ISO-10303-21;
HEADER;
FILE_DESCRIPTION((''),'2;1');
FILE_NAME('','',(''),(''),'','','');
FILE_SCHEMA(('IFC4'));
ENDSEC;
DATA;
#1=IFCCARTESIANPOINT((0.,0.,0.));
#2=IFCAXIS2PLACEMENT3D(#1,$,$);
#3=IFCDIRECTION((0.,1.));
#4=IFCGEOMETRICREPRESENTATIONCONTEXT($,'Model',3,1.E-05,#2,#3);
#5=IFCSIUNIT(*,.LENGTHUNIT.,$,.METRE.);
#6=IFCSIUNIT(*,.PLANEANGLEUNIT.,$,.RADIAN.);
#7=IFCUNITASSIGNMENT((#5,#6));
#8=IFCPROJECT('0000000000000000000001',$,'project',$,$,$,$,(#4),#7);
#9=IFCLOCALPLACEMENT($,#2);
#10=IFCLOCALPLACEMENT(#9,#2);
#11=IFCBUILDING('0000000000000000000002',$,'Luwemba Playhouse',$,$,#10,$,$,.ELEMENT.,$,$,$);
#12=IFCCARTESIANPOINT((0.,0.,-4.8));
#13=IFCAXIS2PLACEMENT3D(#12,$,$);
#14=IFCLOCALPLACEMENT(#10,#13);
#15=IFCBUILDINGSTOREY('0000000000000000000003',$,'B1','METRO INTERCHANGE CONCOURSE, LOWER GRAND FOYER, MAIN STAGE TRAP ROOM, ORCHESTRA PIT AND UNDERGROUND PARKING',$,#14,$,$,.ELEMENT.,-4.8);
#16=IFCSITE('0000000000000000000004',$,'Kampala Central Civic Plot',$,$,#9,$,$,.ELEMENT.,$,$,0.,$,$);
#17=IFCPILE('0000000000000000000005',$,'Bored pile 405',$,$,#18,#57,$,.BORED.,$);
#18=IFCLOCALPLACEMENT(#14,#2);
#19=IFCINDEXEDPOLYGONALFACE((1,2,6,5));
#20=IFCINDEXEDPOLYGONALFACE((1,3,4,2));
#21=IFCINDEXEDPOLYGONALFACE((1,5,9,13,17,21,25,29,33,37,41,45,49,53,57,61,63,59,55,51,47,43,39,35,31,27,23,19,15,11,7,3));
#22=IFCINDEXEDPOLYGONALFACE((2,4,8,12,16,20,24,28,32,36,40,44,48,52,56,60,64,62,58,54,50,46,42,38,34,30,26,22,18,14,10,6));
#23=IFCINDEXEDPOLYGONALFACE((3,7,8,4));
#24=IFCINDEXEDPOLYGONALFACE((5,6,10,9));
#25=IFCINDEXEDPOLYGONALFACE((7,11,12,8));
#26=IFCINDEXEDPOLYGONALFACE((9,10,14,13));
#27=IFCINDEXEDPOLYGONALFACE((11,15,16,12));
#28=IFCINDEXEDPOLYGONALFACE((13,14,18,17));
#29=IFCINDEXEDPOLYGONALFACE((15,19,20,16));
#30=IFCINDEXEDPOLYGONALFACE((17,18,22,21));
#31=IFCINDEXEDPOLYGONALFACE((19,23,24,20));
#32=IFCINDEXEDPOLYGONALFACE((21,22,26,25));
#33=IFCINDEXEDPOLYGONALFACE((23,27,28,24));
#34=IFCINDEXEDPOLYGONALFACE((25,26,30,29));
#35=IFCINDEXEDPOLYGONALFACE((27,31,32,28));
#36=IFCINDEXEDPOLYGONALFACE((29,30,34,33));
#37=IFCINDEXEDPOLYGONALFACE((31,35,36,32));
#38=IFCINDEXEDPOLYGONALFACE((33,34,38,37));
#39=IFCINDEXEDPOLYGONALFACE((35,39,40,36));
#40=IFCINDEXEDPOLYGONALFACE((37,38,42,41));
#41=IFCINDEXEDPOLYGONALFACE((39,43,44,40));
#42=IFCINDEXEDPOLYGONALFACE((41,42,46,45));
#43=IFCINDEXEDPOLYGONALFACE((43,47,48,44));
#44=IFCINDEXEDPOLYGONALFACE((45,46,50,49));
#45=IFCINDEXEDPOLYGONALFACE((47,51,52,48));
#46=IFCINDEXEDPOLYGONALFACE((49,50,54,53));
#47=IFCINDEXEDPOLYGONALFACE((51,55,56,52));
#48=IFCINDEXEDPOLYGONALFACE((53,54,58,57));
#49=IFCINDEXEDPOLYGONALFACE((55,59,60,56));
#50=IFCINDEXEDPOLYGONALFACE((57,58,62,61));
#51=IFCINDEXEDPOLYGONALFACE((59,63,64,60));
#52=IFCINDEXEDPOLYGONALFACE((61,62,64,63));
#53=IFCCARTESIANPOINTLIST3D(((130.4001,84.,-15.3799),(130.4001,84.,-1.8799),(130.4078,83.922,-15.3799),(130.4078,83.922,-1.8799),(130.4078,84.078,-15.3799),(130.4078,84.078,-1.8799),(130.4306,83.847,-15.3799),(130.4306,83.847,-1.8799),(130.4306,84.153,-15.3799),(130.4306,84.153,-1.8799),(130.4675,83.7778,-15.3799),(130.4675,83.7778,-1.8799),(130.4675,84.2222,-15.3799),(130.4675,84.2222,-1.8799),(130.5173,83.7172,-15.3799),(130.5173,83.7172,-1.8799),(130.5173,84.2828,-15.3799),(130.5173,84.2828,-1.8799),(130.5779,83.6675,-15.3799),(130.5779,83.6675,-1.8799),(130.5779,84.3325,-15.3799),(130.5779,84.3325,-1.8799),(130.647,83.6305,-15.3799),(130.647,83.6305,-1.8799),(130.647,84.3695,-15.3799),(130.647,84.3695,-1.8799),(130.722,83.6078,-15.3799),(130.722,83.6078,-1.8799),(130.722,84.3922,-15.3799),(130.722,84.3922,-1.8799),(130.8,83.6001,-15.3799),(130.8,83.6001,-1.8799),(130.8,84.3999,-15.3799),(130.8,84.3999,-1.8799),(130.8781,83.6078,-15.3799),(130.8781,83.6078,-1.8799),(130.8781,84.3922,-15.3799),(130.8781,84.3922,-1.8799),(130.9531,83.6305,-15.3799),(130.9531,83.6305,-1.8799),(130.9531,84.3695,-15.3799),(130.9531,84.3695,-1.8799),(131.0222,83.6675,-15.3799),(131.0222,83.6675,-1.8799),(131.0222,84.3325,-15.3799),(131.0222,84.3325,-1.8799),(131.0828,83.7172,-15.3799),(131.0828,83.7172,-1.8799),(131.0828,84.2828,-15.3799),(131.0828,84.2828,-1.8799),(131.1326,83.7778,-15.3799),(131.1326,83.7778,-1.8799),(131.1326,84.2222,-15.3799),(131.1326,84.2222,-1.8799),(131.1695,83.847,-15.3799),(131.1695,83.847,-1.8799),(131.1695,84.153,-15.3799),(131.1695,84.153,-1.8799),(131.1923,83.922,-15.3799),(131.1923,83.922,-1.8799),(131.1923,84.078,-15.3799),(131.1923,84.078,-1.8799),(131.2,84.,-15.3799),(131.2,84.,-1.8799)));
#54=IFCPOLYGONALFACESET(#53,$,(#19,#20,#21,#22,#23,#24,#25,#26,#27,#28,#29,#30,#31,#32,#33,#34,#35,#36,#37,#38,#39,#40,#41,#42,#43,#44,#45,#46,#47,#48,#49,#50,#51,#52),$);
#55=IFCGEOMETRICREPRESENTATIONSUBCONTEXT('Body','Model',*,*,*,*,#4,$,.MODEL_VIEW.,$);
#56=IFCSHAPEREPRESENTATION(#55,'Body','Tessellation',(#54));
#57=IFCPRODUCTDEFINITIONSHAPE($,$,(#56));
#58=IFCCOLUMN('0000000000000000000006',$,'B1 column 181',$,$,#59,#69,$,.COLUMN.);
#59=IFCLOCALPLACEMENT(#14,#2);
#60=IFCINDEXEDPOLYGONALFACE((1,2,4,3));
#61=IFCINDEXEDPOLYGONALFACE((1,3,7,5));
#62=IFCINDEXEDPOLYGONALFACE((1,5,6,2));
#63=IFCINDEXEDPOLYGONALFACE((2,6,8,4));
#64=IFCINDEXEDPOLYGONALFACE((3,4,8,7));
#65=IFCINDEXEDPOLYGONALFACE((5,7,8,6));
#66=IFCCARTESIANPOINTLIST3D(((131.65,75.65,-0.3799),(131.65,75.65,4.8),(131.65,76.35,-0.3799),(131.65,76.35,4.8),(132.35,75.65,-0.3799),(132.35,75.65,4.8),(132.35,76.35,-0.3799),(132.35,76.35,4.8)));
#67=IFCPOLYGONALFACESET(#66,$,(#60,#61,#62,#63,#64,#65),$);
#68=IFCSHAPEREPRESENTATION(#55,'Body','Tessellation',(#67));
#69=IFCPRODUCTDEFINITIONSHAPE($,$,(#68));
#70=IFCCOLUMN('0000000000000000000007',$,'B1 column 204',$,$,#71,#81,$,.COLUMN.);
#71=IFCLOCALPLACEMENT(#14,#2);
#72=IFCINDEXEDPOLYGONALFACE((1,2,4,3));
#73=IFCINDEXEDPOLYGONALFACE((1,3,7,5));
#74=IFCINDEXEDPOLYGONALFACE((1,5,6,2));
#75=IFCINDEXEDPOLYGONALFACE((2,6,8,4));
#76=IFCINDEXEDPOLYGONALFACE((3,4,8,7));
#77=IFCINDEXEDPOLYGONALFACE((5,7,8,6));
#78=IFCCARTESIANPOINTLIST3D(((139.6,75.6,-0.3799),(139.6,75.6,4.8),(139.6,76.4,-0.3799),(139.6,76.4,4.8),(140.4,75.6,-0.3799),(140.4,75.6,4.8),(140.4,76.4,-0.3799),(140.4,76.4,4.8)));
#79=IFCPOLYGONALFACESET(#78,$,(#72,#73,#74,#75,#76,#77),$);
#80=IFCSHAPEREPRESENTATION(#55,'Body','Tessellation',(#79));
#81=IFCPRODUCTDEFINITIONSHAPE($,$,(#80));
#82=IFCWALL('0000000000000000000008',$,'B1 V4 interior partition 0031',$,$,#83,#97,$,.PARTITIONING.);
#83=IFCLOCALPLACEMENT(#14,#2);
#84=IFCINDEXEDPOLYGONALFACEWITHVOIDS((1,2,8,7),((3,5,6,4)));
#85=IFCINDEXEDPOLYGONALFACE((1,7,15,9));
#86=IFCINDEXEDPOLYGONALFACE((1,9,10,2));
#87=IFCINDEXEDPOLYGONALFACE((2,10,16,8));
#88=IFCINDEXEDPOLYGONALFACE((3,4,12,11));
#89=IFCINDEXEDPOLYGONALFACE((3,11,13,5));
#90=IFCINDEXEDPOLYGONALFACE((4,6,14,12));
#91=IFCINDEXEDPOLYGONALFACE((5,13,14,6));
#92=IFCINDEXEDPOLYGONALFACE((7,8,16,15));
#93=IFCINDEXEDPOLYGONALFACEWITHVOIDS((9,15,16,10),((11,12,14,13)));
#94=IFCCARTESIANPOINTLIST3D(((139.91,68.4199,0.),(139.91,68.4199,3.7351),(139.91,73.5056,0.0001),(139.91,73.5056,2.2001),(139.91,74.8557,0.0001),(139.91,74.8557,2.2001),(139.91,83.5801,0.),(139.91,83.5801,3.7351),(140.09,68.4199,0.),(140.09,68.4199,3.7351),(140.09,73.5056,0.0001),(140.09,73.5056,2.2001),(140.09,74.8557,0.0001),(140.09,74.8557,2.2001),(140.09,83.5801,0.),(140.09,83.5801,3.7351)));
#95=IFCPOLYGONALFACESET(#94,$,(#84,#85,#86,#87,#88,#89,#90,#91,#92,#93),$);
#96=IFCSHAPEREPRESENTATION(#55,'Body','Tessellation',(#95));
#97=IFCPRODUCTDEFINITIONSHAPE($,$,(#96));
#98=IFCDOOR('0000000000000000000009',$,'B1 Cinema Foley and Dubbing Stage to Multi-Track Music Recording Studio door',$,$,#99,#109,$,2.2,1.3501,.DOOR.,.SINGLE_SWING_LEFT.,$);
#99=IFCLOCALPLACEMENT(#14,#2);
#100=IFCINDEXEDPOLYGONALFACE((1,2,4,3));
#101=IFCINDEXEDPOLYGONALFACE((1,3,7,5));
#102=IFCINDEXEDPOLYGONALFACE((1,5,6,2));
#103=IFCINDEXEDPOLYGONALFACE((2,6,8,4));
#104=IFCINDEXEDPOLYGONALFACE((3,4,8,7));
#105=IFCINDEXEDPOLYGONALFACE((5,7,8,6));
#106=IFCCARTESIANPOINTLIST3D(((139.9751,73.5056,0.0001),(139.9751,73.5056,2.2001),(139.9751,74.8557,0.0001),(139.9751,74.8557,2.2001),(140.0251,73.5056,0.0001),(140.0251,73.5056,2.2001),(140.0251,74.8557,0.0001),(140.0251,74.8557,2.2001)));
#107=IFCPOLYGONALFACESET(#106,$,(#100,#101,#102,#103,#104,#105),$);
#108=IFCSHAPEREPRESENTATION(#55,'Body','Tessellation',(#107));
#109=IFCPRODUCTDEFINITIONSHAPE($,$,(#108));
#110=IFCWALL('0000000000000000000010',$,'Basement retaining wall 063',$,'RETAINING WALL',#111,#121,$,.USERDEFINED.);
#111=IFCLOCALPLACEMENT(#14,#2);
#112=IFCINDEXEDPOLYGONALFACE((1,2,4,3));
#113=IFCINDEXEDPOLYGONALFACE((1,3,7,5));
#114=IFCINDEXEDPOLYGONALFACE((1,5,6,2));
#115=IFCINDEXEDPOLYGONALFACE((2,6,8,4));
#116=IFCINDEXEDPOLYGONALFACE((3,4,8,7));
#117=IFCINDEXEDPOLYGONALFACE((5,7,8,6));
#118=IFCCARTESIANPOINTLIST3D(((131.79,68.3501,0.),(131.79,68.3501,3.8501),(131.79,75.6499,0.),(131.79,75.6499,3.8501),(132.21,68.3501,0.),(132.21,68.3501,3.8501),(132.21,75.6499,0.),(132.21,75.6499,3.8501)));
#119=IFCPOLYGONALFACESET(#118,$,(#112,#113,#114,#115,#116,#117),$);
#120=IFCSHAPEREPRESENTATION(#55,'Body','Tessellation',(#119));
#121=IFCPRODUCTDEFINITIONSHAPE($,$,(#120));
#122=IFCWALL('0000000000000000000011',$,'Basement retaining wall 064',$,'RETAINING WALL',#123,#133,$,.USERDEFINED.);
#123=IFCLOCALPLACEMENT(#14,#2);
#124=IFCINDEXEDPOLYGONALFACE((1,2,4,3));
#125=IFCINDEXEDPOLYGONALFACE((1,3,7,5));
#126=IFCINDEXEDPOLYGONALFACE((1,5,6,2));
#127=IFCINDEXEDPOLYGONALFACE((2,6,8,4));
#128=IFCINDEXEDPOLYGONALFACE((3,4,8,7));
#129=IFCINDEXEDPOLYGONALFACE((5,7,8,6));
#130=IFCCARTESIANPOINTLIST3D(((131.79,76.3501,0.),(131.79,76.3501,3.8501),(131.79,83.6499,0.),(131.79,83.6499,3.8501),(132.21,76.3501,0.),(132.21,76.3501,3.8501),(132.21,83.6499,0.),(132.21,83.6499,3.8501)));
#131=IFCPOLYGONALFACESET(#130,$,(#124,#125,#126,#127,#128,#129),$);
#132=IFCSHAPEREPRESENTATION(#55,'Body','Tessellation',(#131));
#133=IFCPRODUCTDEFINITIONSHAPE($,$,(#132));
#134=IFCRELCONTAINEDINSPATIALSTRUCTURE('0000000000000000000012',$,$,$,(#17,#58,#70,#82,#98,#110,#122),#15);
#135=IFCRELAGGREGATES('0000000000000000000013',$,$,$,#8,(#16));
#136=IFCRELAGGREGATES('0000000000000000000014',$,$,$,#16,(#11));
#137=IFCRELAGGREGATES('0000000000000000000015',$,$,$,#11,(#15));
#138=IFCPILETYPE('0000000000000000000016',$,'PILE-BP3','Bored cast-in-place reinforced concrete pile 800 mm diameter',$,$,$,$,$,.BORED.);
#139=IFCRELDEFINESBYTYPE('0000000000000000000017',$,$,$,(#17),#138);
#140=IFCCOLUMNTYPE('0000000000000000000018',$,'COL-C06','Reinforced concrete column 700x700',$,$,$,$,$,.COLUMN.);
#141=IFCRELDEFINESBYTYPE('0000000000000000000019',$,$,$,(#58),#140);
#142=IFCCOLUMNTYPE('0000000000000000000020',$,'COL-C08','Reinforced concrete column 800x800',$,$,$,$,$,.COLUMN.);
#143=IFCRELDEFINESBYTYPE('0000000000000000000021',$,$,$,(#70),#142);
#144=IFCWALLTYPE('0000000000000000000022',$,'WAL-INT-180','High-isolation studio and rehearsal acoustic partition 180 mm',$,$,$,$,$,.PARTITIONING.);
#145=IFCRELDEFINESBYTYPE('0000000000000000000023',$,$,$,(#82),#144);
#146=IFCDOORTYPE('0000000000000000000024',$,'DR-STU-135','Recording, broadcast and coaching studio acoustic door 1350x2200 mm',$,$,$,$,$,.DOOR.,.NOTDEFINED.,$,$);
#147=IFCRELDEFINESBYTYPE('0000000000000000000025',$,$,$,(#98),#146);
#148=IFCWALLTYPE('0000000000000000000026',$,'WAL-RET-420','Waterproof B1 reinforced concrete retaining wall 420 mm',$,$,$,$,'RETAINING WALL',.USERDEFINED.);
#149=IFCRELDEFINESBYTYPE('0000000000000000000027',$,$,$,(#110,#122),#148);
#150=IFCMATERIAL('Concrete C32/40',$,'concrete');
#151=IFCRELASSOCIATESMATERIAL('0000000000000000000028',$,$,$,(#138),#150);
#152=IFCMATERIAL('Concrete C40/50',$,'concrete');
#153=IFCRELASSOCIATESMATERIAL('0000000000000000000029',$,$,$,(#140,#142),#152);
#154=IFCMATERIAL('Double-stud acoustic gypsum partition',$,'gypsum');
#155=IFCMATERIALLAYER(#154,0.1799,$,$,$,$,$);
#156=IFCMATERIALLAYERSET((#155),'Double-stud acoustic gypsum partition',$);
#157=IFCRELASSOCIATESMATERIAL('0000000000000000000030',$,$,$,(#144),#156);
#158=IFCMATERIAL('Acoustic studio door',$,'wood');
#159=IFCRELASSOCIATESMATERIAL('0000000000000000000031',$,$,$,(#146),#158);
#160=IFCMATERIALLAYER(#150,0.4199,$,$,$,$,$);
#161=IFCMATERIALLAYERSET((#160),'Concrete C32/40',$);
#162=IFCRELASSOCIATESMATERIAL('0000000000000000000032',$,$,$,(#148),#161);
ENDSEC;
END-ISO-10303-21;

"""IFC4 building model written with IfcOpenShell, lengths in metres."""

from ifc_helpers import new_model, si_unit, direction, frame, frame_2d, origin, origin_2d, place, context, subcontext, project, spatial, rectangle, circle, extrude, material, layer, layer_set, material_profile, profile_set, type_object, element, fill, save


model = new_model("IFC4")

# Units and contexts
model_context = context("Model", 3, precision=1e-05, world=origin(), true_north=direction((0.0, 1.0)))
body_context = subcontext(model_context, "Body", "Model", "MODEL_VIEW")
ifc_project = project(units=[si_unit("LENGTHUNIT", "METRE"), si_unit("PLANEANGLEUNIT", "RADIAN")], contexts=[model_context])

# Site, building, storey
site_placement = place(None, origin())
site = spatial("IfcSite", under=ifc_project, at=site_placement, Name="Kampala Central Civic Plot", CompositionType="ELEMENT", RefElevation=0.0)
building_placement = place(site_placement, origin())
building = spatial("IfcBuilding", under=site, at=building_placement, Name="Luwemba Playhouse", CompositionType="ELEMENT")
storey_placement = place(building_placement, frame((0.0, 0.0, -4.8)))
storey = spatial("IfcBuildingStorey", under=building, at=storey_placement, Name="B1", Description="METRO INTERCHANGE CONCOURSE, LOWER GRAND FOYER, MAIN STAGE TRAP ROOM, ORCHESTRA PIT AND UNDERGROUND PARKING", CompositionType="ELEMENT", Elevation=-4.8)

# Shared definitions
ifc_material_1 = material(Name="Concrete C32/40", Category="concrete")

# Pile
ifc_material_profile_1 = material_profile(ifc_material_1, circle(Radius=0.3999, at=origin_2d()))
ifc_profile_set_1 = profile_set([ifc_material_profile_1], Name="Concrete C32/40")
pile_type_1 = type_object("IfcPileType", Name="PILE-BP3", Description="Bored cast-in-place reinforced concrete pile 800 mm diameter", PredefinedType="BORED", material=ifc_profile_set_1)
for number, where, z_axis, x_axis, name in (
    (1, (130.8, 84.0, -1.8799), (0.0, 0.0, -1.0), (1.0, 0.0, 0.0), "Bored pile 405"),
):
    element("IfcPile", number, at=place(storey_placement, frame(where, z_axis=z_axis, x_axis=x_axis)), inside=storey, type_object=pile_type_1, Name=name, PredefinedType="BORED", context=body_context, shape_type="SweptSolid", body=[
        extrude(circle(Radius=0.3999, at=origin_2d()), origin(), (0.0, 0.0, 1.0), 13.5),
    ])

# Columns
ifc_material_2 = material(Name="Concrete C40/50", Category="concrete")
ifc_material_profile_2 = material_profile(ifc_material_2, rectangle(XDim=0.7, YDim=0.7, at=origin_2d()))
ifc_profile_set_2 = profile_set([ifc_material_profile_2], Name="Concrete C40/50")
column_type_1 = type_object("IfcColumnType", Name="COL-C06", Description="Reinforced concrete column 700x700", PredefinedType="COLUMN", material=ifc_profile_set_2)
column_1_placement = place(storey_placement, frame((132.0, 76.0, -0.3799), z_axis=(0.0, 0.0, 1.0), x_axis=(1.0, 0.0, 0.0)))
element("IfcColumn", 2, at=column_1_placement, inside=storey, type_object=column_type_1, Name="B1 column 181", PredefinedType="COLUMN", context=body_context, shape_type="SweptSolid", body=[
    extrude(rectangle(XDim=0.7, YDim=0.7, at=origin_2d()), origin(), (0.0, 0.0, 1.0), 5.1799),
])
ifc_material_profile_3 = material_profile(ifc_material_2, rectangle(XDim=0.8, YDim=0.8, at=origin_2d()))
ifc_profile_set_3 = profile_set([ifc_material_profile_3], Name="Concrete C40/50")
column_type_2 = type_object("IfcColumnType", Name="COL-C08", Description="Reinforced concrete column 800x800", PredefinedType="COLUMN", material=ifc_profile_set_3)
column_2_placement = place(storey_placement, frame((140.0, 76.0, -0.3799), z_axis=(0.0, 0.0, 1.0), x_axis=(1.0, 0.0, 0.0)))
element("IfcColumn", 3, at=column_2_placement, inside=storey, type_object=column_type_2, Name="B1 column 204", PredefinedType="COLUMN", context=body_context, shape_type="SweptSolid", body=[
    extrude(rectangle(XDim=0.8, YDim=0.8, at=origin_2d()), origin(), (0.0, 0.0, 1.0), 5.1799),
])

# Wall, opening, door
ifc_material_3 = material(Name="Double-stud acoustic gypsum partition", Category="gypsum")
ifc_layer_1 = layer(ifc_material_3, 0.1799)
ifc_layer_set_1 = layer_set([ifc_layer_1], Name="Double-stud acoustic gypsum partition")
wall_type_1 = type_object("IfcWallType", Name="WAL-INT-180", Description="High-isolation studio and rehearsal acoustic partition 180 mm", PredefinedType="PARTITIONING", material=ifc_layer_set_1)
wall_placement = place(storey_placement, frame((140.0, 68.4199, 0.0), z_axis=(0.0, 0.0, 1.0), x_axis=(0.0, 1.0, 0.0)))
wall = element("IfcWall", 4, at=wall_placement, inside=storey, type_object=wall_type_1, Name="B1 V4 interior partition 0031", PredefinedType="PARTITIONING", context=body_context, shape_type="SweptSolid", body=[
    extrude(rectangle(XDim=15.1602, YDim=0.1799, at=frame_2d((7.5801, 0.0))), origin(), (0.0, 0.0, 1.0), 3.7351),
])
opening_placement = place(wall_placement, frame((5.0857, 0.0, 0.0)))
opening = element("IfcOpeningElement", 5, at=opening_placement, cuts=wall, PredefinedType="OPENING", context=body_context, shape_type="SweptSolid", body=[
    extrude(rectangle(XDim=1.3501, YDim=2.2, at=frame_2d((0.675, 1.1001))), frame((0.0, 0.0999, 0.0), z_axis=(0.0, -1.0, 0.0), x_axis=(1.0, 0.0, 0.0)), (0.0, 0.0, 1.0), 0.2),
])
ifc_material_4 = material(Name="Acoustic studio door", Category="wood")
door_type = type_object("IfcDoorType", Name="DR-STU-135", Description="Recording, broadcast and coaching studio acoustic door 1350x2200 mm", OperationType="NOTDEFINED", PredefinedType="DOOR", material=ifc_material_4)
door_placement = place(opening_placement, origin())
door = element("IfcDoor", 6, at=door_placement, inside=storey, type_object=door_type, Name="B1 Cinema Foley and Dubbing Stage to Multi-Track Music Recording Studio door", OperationType="SINGLE_SWING_LEFT", OverallHeight=2.2, OverallWidth=1.3501, PredefinedType="DOOR", context=body_context, shape_type="SweptSolid", body=[
    extrude(rectangle(XDim=1.3501, YDim=2.2, at=frame_2d((0.675, 1.1001))), frame((0.0, 0.0249, 0.0), z_axis=(0.0, -1.0, 0.0), x_axis=(1.0, 0.0, 0.0)), (0.0, 0.0, 1.0), 0.05),
])
fill(opening, door)

# Walls
ifc_layer_2 = layer(ifc_material_1, 0.4199)
ifc_layer_set_2 = layer_set([ifc_layer_2], Name="Concrete C32/40")
wall_type_2 = type_object("IfcWallType", Name="WAL-RET-420", Description="Waterproof B1 reinforced concrete retaining wall 420 mm", ElementType="RETAINING WALL", PredefinedType="USERDEFINED", material=ifc_layer_set_2)
for number, where, z_axis, x_axis, name in (
    (7, (132.0, 68.3501, 0.0), (0.0, 0.0, 1.0), (0.0, 1.0, 0.0), "Basement retaining wall 063"),
    (8, (132.0, 76.3501, 0.0), (0.0, 0.0, 1.0), (0.0, 1.0, 0.0), "Basement retaining wall 064"),
):
    element("IfcWall", number, at=place(storey_placement, frame(where, z_axis=z_axis, x_axis=x_axis)), inside=storey, type_object=wall_type_2, Name=name, ObjectType="RETAINING WALL", PredefinedType="USERDEFINED", context=body_context, shape_type="SweptSolid", body=[
        extrude(rectangle(XDim=7.2998, YDim=0.4199, at=frame_2d((3.6499, 0.0))), origin(), (0.0, 0.0, 1.0), 3.8501),
    ])

save(model, "model.ifc")
